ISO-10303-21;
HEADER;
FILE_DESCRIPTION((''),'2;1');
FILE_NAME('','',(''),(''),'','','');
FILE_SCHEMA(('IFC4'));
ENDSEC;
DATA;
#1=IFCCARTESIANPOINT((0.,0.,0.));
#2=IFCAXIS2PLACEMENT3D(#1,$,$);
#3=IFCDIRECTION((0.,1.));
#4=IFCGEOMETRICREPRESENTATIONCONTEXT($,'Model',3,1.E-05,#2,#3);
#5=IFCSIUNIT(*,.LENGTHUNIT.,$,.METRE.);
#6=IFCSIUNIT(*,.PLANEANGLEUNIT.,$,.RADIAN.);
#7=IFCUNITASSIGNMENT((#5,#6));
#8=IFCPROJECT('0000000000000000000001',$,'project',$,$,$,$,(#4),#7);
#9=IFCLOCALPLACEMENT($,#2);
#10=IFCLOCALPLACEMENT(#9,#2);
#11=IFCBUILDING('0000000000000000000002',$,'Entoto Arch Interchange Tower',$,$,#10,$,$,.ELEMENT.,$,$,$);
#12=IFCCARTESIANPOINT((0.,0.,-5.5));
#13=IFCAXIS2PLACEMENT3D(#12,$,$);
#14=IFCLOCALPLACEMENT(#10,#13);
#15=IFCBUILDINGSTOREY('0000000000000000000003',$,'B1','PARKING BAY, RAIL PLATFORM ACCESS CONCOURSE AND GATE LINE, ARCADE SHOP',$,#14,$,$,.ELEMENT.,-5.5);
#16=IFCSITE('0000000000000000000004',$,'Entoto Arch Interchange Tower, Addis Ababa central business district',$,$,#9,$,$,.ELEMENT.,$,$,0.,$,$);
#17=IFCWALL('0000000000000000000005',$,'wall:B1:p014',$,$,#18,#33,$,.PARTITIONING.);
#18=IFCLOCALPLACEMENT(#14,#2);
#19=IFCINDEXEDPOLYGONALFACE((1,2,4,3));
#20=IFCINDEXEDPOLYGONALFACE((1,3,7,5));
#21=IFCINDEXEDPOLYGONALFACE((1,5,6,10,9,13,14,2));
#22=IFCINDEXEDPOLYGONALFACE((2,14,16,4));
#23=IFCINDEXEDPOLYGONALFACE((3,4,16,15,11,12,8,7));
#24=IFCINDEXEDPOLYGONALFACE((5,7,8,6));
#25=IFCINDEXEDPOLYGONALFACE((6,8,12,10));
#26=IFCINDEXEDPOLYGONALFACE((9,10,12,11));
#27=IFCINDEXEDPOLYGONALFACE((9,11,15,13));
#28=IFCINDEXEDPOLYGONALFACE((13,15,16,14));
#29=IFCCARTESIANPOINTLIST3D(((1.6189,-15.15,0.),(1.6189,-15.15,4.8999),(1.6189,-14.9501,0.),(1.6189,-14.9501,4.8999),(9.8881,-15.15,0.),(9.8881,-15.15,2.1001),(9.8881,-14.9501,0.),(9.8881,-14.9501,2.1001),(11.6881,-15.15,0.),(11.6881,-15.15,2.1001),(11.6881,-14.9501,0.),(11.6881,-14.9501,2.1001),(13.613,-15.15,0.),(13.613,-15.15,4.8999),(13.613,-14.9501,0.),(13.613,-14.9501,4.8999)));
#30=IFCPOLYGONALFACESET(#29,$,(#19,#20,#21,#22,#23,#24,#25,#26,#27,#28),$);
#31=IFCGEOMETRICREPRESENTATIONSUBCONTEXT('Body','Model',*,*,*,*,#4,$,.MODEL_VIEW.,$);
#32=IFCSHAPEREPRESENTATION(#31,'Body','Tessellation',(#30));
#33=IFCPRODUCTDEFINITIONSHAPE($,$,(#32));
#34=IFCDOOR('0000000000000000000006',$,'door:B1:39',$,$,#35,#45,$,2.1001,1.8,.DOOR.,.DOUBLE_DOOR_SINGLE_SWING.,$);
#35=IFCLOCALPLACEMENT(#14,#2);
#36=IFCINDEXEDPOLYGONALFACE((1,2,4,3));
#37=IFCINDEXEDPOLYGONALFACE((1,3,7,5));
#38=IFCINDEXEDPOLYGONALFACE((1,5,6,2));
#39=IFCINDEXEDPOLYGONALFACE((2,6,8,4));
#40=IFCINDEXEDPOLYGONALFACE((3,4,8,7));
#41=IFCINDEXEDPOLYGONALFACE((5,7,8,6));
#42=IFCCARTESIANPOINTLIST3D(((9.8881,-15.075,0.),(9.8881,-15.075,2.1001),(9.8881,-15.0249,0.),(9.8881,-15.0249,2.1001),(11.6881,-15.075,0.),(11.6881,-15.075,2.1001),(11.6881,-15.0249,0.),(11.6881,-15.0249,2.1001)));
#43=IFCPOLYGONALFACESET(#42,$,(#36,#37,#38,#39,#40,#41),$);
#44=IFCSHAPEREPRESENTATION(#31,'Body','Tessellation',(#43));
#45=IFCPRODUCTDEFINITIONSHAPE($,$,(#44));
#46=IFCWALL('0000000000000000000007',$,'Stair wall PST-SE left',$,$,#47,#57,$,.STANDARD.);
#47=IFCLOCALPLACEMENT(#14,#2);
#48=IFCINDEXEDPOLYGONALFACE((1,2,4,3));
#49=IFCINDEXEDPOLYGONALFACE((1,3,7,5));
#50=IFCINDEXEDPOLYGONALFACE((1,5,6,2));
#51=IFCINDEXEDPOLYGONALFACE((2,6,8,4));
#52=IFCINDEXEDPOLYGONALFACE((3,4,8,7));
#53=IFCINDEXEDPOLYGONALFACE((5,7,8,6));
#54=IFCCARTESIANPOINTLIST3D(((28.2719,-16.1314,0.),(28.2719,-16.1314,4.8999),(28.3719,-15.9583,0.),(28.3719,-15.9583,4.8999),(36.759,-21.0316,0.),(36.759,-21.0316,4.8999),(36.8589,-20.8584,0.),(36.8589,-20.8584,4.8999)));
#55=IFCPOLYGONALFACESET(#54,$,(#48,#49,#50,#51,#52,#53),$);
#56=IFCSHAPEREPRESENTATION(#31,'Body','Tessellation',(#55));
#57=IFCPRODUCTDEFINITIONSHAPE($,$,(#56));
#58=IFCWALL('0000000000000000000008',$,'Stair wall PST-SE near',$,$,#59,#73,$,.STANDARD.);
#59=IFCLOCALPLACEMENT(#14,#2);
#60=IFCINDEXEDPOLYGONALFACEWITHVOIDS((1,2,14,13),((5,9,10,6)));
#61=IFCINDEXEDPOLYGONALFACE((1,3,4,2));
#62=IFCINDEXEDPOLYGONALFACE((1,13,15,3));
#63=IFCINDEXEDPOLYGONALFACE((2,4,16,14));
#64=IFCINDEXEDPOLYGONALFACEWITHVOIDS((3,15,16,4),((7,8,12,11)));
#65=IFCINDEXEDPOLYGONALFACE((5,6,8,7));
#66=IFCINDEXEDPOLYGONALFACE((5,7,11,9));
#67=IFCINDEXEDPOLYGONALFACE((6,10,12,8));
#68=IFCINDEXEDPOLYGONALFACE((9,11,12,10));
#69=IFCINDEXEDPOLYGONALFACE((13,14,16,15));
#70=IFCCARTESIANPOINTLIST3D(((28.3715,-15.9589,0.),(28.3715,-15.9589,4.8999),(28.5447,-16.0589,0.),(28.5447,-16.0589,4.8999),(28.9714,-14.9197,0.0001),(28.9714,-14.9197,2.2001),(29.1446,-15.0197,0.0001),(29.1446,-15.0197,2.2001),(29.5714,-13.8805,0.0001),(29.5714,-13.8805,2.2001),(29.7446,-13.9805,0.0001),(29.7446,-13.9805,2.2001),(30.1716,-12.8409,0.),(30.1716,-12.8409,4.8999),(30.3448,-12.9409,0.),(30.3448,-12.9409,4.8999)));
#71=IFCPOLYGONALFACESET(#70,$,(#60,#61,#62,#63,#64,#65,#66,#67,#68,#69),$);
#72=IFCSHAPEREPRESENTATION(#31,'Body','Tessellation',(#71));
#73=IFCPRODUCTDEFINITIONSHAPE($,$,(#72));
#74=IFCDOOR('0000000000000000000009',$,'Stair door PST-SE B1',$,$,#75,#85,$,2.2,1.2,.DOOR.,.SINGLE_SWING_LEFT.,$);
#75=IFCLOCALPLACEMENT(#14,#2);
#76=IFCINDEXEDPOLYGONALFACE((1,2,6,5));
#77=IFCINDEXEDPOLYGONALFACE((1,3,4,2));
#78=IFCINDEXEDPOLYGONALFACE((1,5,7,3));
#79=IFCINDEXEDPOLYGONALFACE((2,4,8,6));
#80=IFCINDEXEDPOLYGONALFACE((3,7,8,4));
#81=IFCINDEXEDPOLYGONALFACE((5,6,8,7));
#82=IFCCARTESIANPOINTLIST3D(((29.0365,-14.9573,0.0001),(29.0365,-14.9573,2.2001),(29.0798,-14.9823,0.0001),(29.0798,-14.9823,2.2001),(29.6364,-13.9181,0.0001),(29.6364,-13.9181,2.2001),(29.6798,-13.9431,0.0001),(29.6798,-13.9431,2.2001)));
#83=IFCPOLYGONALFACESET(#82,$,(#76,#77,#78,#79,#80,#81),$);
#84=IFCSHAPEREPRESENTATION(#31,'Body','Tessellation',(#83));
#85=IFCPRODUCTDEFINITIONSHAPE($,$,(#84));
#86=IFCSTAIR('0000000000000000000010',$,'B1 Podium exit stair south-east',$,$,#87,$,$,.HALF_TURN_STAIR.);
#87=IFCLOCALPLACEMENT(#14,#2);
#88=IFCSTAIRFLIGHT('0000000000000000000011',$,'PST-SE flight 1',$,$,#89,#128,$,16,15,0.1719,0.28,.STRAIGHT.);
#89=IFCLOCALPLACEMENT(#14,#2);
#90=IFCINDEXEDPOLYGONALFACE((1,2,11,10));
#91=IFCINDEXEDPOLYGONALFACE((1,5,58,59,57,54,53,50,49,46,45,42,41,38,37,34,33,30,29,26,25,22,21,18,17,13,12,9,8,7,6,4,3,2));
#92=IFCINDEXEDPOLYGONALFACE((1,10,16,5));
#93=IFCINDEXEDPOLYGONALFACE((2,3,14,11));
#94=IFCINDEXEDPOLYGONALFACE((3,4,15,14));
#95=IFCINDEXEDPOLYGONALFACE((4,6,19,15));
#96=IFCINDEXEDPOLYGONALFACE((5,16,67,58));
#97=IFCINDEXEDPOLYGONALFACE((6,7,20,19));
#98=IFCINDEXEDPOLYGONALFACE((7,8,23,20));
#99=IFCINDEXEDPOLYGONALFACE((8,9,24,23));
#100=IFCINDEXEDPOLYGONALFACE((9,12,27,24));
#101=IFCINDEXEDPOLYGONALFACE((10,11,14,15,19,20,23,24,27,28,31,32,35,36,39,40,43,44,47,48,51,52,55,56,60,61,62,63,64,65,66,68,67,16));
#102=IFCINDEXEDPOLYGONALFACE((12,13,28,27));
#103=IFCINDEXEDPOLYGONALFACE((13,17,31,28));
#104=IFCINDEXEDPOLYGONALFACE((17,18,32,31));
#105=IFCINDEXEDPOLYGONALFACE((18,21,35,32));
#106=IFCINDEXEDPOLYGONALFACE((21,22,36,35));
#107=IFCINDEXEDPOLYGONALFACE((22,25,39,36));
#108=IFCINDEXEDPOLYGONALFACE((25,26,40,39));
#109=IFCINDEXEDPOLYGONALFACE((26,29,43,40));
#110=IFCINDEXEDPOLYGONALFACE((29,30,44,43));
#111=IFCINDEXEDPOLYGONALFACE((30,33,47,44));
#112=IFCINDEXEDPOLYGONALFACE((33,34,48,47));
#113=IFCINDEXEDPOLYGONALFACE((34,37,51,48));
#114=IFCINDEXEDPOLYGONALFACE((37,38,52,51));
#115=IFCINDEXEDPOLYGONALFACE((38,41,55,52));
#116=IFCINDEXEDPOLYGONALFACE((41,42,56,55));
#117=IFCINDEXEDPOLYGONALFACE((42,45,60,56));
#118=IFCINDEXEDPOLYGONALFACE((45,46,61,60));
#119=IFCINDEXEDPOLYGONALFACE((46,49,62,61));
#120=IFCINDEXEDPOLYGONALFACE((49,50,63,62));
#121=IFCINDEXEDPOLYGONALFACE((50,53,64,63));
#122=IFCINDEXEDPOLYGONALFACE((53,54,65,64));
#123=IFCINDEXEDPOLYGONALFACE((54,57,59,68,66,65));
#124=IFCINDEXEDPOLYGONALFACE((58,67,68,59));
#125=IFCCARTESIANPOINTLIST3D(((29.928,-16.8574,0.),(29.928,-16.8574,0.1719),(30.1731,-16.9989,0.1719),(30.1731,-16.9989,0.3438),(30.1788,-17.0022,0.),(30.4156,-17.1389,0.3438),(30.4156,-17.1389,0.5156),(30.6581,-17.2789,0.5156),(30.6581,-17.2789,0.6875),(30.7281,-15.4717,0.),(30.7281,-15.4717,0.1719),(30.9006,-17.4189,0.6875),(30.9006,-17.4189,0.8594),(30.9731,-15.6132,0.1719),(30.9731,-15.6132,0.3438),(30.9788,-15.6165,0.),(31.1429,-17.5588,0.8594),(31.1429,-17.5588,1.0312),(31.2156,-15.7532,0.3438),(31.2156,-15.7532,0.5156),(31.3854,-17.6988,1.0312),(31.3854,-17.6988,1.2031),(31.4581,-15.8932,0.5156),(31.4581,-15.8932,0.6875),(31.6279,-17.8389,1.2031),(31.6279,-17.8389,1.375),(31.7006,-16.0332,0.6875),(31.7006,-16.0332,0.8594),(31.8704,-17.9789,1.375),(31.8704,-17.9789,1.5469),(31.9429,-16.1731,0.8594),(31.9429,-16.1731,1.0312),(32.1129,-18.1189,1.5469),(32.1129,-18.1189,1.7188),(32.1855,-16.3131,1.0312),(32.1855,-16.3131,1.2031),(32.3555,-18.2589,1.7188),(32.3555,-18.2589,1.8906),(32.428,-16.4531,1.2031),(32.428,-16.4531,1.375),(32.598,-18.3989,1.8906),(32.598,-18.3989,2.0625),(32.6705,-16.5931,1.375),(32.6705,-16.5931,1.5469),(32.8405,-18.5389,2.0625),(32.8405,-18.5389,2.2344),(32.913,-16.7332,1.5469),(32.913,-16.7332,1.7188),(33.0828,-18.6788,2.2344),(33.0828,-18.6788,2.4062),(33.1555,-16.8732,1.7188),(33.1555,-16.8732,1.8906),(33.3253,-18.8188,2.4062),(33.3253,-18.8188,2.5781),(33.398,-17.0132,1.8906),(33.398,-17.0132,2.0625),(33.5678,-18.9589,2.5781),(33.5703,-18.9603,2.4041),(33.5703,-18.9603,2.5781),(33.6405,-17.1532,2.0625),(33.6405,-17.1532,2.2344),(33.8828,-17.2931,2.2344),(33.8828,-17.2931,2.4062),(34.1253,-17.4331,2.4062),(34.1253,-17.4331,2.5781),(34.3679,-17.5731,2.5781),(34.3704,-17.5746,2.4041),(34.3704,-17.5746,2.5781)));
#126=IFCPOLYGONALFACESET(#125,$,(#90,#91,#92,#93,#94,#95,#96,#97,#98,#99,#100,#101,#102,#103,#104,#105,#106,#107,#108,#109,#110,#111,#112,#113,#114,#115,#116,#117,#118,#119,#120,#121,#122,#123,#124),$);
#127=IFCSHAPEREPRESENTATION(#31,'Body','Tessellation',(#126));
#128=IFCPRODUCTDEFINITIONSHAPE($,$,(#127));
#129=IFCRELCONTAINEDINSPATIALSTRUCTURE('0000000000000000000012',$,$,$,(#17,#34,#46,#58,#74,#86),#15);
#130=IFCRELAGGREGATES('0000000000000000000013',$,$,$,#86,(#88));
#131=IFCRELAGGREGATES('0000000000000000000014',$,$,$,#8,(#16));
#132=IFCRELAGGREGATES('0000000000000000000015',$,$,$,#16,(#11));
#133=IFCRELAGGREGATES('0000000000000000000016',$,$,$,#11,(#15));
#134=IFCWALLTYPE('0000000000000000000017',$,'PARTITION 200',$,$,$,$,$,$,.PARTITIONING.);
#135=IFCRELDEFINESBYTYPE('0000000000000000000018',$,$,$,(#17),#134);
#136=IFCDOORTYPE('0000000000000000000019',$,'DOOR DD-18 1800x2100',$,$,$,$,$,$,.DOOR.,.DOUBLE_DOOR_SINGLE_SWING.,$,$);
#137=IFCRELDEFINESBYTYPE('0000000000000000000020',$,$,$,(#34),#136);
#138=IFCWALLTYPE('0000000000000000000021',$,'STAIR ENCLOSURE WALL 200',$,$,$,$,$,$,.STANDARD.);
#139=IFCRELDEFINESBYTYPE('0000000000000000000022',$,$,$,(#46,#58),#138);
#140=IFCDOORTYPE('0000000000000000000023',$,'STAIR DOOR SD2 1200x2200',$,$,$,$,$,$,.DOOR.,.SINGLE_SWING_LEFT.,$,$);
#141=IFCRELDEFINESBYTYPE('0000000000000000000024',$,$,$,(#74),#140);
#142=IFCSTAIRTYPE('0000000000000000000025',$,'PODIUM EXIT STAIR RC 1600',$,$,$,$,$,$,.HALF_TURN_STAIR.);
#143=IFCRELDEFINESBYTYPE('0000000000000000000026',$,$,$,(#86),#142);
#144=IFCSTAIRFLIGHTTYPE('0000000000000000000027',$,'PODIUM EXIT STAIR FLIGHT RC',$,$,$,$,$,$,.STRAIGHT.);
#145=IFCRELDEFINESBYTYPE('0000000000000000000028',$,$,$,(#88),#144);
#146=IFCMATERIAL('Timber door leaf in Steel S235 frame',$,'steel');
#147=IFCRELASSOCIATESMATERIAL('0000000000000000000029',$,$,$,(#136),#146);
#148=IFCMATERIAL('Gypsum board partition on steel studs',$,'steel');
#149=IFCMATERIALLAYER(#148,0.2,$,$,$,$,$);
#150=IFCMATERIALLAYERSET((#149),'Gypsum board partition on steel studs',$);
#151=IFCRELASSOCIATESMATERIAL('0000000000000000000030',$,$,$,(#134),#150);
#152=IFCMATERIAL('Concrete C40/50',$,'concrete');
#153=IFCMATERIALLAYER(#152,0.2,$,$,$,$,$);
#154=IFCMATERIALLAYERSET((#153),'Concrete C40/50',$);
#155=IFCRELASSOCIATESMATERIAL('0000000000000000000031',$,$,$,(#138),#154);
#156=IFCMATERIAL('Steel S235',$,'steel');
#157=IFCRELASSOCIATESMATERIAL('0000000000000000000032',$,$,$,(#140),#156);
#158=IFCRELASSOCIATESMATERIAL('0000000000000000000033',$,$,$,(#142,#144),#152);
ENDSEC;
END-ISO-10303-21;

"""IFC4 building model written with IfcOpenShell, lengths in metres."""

from ifc_helpers import new_model, si_unit, direction, frame, frame_2d, origin, place, context, subcontext, project, spatial, polyline, rectangle, outline, extrude, material, layer, layer_set, type_object, element, fill, aggregate, save


model = new_model("IFC4")

# Units and contexts
model_context = context("Model", 3, precision=1e-05, world=origin(), true_north=direction((0.0, 1.0)))
body_context = subcontext(model_context, "Body", "Model", "MODEL_VIEW")
ifc_project = project(units=[si_unit("LENGTHUNIT", "METRE"), si_unit("PLANEANGLEUNIT", "RADIAN")], contexts=[model_context])

# Site, building, storey
site_placement = place(None, origin())
site = spatial("IfcSite", under=ifc_project, at=site_placement, Name="Entoto Arch Interchange Tower, Addis Ababa central business district", CompositionType="ELEMENT", RefElevation=0.0)
building_placement = place(site_placement, origin())
building = spatial("IfcBuilding", under=site, at=building_placement, Name="Entoto Arch Interchange Tower", CompositionType="ELEMENT")
storey_placement = place(building_placement, frame((0.0, 0.0, -5.5)))
storey = spatial("IfcBuildingStorey", under=building, at=storey_placement, Name="B1", Description="PARKING BAY, RAIL PLATFORM ACCESS CONCOURSE AND GATE LINE, ARCADE SHOP", CompositionType="ELEMENT", Elevation=-5.5)

# Shared definitions
ifc_material_1 = material(Name="Concrete C40/50", Category="concrete")

# Shared definitions
ifc_material_2 = material(Name="Gypsum board partition on steel studs", Category="steel")

# Shared definitions
ifc_material_3 = material(Name="Timber door leaf in Steel S235 frame", Category="steel")
door_type_1 = type_object("IfcDoorType", Name="DOOR DD-18 1800x2100", OperationType="DOUBLE_DOOR_SINGLE_SWING", PredefinedType="DOOR", material=ifc_material_3)

# Wall, opening, door
ifc_layer_1 = layer(ifc_material_2, 0.2)
ifc_layer_set_1 = layer_set([ifc_layer_1], Name="Gypsum board partition on steel studs")
wall_type_1 = type_object("IfcWallType", Name="PARTITION 200", PredefinedType="PARTITIONING", material=ifc_layer_set_1)
wall_1_placement = place(storey_placement, frame((13.613, -15.05, 0.0), z_axis=(0.0, 0.0, 1.0), x_axis=(-1.0, 0.0, 0.0)))
wall_1 = element("IfcWall", 1, at=wall_1_placement, inside=storey, type_object=wall_type_1, Name="wall:B1:p014", PredefinedType="PARTITIONING", context=body_context, shape_type="SweptSolid", body=[
    extrude(rectangle(XDim=11.9941, YDim=0.2, at=frame_2d((5.9971, 0.0))), origin(), (0.0, 0.0, 1.0), 4.8999),
])
opening_1_placement = place(wall_1_placement, frame((1.925, 0.0, 0.0)))
opening_1 = element("IfcOpeningElement", 2, at=opening_1_placement, cuts=wall_1, PredefinedType="OPENING", context=body_context, shape_type="SweptSolid", body=[
    extrude(rectangle(XDim=1.8, YDim=2.1001, at=frame_2d((0.8999, 1.05))), frame((0.0, 0.1099, 0.0), z_axis=(0.0, -1.0, 0.0), x_axis=(1.0, 0.0, 0.0)), (0.0, 0.0, 1.0), 0.22),
])
door_1_placement = place(opening_1_placement, origin())
door_1 = element("IfcDoor", 3, at=door_1_placement, inside=storey, type_object=door_type_1, Name="door:B1:39", OperationType="DOUBLE_DOOR_SINGLE_SWING", OverallHeight=2.1001, OverallWidth=1.8, PredefinedType="DOOR", context=body_context, shape_type="SweptSolid", body=[
    extrude(rectangle(XDim=1.8, YDim=2.1001, at=frame_2d((0.8999, 1.05))), frame((0.0, 0.0249, 0.0), z_axis=(0.0, -1.0, 0.0), x_axis=(1.0, 0.0, 0.0)), (0.0, 0.0, 1.0), 0.05),
])
fill(opening_1, door_1)

# Wall
ifc_layer_2 = layer(ifc_material_1, 0.2)
ifc_layer_set_2 = layer_set([ifc_layer_2], Name="Concrete C40/50")
wall_type_2 = type_object("IfcWallType", Name="STAIR ENCLOSURE WALL 200", PredefinedType="STANDARD", material=ifc_layer_set_2)
wall_2_placement = place(storey_placement, frame((28.322, -16.0449, 0.0), z_axis=(0.0, 0.0, 1.0), x_axis=(0.866019, -0.500011, 0.0)))
element("IfcWall", 4, at=wall_2_placement, inside=storey, type_object=wall_type_2, Name="Stair wall PST-SE left", PredefinedType="STANDARD", context=body_context, shape_type="SweptSolid", body=[
    extrude(rectangle(XDim=9.8, YDim=0.2, at=frame_2d((4.8999, 0.0))), origin(), (0.0, 0.0, 1.0), 4.8999),
])

# Wall, opening, door
wall_3_placement = place(storey_placement, frame((28.458, -16.009, 0.0), z_axis=(0.0, 0.0, 1.0), x_axis=(0.499983, 0.866035, 0.0)))
wall_3 = element("IfcWall", 5, at=wall_3_placement, inside=storey, type_object=wall_type_2, Name="Stair wall PST-SE near", PredefinedType="STANDARD", context=body_context, shape_type="SweptSolid", body=[
    extrude(rectangle(XDim=3.6003, YDim=0.2, at=frame_2d((1.8003, 0.0))), origin(), (0.0, 0.0, 1.0), 4.8999),
])
opening_2_placement = place(wall_3_placement, frame((1.2, 0.0, 0.0)))
opening_2 = element("IfcOpeningElement", 6, at=opening_2_placement, cuts=wall_3, PredefinedType="OPENING", context=body_context, shape_type="SweptSolid", body=[
    extrude(rectangle(XDim=1.2, YDim=2.2, at=frame_2d((0.6001, 1.1001))), frame((0.0, 0.1099, 0.0), z_axis=(0.0, -1.0, 0.0), x_axis=(1.0, 0.0, 0.0)), (0.0, 0.0, 1.0), 0.22),
])
ifc_material_4 = material(Name="Steel S235", Category="steel")
door_type_2 = type_object("IfcDoorType", Name="STAIR DOOR SD2 1200x2200", OperationType="SINGLE_SWING_LEFT", PredefinedType="DOOR", material=ifc_material_4)
door_2_placement = place(opening_2_placement, origin())
door_2 = element("IfcDoor", 7, at=door_2_placement, inside=storey, type_object=door_type_2, Name="Stair door PST-SE B1", OperationType="SINGLE_SWING_LEFT", OverallHeight=2.2, OverallWidth=1.2, PredefinedType="DOOR", context=body_context, shape_type="SweptSolid", body=[
    extrude(rectangle(XDim=1.2, YDim=2.2, at=frame_2d((0.6001, 1.1001))), frame((0.0, 0.0249, 0.0), z_axis=(0.0, -1.0, 0.0), x_axis=(1.0, 0.0, 0.0)), (0.0, 0.0, 1.0), 0.05),
])
fill(opening_2, door_2)

# Stair, stair flight
stair_type = type_object("IfcStairType", Name="PODIUM EXIT STAIR RC 1600", PredefinedType="HALF_TURN_STAIR", material=ifc_material_1)
stair_placement = place(storey_placement, origin())
stair = element("IfcStair", 8, at=stair_placement, inside=storey, type_object=stair_type, Name="B1 Podium exit stair south-east", PredefinedType="HALF_TURN_STAIR")
stair_flight_type = type_object("IfcStairFlightType", Name="PODIUM EXIT STAIR FLIGHT RC", PredefinedType="STRAIGHT", material=ifc_material_1)
stair_flight_placement = place(storey_placement, frame((30.3306, -16.166, 0.0), z_axis=(0.0, 0.0, 1.0), x_axis=(0.866025, -0.5, 0.0)))
stair_flight = element("IfcStairFlight", 9, at=stair_flight_placement, type_object=stair_flight_type, Name="PST-SE flight 1", NumberOfRisers=16, NumberOfTreads=15, PredefinedType="STRAIGHT", RiserHeight=0.1719, TreadLength=0.28, context=body_context, shape_type="SweptSolid", body=[
    extrude(outline(polyline([(-0.0029, 0.0), (-0.0029, 0.1719), (0.28, 0.1719), (0.28, 0.3438), (0.5601, 0.3438), (0.5601, 0.5156), (0.8401, 0.5156), (0.8401, 0.6875), (1.1201, 0.6875), (1.1201, 0.8594), (1.3999, 0.8594), (1.3999, 1.0312), (1.6799, 1.0312), (1.6799, 1.2031), (1.96, 1.2031), (1.96, 1.375), (2.24, 1.375), (2.24, 1.5469), (2.52, 1.5469), (2.52, 1.7188), (2.8, 1.7188), (2.8, 1.8906), (3.0801, 1.8906), (3.0801, 2.0625), (3.3601, 2.0625), (3.3601, 2.2344), (3.6399, 2.2344), (3.6399, 2.4062), (3.9199, 2.4062), (3.9199, 2.5781), (4.2, 2.5781), (4.2029, 2.5781), (4.2029, 2.4041), (0.2866, 0.0), (-0.0029, 0.0)])), frame((0.0, 0.8, 0.0), z_axis=(0.0, -1.0, 0.0), x_axis=(1.0, 0.0, 0.0)), (0.0, 0.0, 1.0), 1.6001),
])
aggregate(stair, [stair_flight])

save(model, "model.ifc")
